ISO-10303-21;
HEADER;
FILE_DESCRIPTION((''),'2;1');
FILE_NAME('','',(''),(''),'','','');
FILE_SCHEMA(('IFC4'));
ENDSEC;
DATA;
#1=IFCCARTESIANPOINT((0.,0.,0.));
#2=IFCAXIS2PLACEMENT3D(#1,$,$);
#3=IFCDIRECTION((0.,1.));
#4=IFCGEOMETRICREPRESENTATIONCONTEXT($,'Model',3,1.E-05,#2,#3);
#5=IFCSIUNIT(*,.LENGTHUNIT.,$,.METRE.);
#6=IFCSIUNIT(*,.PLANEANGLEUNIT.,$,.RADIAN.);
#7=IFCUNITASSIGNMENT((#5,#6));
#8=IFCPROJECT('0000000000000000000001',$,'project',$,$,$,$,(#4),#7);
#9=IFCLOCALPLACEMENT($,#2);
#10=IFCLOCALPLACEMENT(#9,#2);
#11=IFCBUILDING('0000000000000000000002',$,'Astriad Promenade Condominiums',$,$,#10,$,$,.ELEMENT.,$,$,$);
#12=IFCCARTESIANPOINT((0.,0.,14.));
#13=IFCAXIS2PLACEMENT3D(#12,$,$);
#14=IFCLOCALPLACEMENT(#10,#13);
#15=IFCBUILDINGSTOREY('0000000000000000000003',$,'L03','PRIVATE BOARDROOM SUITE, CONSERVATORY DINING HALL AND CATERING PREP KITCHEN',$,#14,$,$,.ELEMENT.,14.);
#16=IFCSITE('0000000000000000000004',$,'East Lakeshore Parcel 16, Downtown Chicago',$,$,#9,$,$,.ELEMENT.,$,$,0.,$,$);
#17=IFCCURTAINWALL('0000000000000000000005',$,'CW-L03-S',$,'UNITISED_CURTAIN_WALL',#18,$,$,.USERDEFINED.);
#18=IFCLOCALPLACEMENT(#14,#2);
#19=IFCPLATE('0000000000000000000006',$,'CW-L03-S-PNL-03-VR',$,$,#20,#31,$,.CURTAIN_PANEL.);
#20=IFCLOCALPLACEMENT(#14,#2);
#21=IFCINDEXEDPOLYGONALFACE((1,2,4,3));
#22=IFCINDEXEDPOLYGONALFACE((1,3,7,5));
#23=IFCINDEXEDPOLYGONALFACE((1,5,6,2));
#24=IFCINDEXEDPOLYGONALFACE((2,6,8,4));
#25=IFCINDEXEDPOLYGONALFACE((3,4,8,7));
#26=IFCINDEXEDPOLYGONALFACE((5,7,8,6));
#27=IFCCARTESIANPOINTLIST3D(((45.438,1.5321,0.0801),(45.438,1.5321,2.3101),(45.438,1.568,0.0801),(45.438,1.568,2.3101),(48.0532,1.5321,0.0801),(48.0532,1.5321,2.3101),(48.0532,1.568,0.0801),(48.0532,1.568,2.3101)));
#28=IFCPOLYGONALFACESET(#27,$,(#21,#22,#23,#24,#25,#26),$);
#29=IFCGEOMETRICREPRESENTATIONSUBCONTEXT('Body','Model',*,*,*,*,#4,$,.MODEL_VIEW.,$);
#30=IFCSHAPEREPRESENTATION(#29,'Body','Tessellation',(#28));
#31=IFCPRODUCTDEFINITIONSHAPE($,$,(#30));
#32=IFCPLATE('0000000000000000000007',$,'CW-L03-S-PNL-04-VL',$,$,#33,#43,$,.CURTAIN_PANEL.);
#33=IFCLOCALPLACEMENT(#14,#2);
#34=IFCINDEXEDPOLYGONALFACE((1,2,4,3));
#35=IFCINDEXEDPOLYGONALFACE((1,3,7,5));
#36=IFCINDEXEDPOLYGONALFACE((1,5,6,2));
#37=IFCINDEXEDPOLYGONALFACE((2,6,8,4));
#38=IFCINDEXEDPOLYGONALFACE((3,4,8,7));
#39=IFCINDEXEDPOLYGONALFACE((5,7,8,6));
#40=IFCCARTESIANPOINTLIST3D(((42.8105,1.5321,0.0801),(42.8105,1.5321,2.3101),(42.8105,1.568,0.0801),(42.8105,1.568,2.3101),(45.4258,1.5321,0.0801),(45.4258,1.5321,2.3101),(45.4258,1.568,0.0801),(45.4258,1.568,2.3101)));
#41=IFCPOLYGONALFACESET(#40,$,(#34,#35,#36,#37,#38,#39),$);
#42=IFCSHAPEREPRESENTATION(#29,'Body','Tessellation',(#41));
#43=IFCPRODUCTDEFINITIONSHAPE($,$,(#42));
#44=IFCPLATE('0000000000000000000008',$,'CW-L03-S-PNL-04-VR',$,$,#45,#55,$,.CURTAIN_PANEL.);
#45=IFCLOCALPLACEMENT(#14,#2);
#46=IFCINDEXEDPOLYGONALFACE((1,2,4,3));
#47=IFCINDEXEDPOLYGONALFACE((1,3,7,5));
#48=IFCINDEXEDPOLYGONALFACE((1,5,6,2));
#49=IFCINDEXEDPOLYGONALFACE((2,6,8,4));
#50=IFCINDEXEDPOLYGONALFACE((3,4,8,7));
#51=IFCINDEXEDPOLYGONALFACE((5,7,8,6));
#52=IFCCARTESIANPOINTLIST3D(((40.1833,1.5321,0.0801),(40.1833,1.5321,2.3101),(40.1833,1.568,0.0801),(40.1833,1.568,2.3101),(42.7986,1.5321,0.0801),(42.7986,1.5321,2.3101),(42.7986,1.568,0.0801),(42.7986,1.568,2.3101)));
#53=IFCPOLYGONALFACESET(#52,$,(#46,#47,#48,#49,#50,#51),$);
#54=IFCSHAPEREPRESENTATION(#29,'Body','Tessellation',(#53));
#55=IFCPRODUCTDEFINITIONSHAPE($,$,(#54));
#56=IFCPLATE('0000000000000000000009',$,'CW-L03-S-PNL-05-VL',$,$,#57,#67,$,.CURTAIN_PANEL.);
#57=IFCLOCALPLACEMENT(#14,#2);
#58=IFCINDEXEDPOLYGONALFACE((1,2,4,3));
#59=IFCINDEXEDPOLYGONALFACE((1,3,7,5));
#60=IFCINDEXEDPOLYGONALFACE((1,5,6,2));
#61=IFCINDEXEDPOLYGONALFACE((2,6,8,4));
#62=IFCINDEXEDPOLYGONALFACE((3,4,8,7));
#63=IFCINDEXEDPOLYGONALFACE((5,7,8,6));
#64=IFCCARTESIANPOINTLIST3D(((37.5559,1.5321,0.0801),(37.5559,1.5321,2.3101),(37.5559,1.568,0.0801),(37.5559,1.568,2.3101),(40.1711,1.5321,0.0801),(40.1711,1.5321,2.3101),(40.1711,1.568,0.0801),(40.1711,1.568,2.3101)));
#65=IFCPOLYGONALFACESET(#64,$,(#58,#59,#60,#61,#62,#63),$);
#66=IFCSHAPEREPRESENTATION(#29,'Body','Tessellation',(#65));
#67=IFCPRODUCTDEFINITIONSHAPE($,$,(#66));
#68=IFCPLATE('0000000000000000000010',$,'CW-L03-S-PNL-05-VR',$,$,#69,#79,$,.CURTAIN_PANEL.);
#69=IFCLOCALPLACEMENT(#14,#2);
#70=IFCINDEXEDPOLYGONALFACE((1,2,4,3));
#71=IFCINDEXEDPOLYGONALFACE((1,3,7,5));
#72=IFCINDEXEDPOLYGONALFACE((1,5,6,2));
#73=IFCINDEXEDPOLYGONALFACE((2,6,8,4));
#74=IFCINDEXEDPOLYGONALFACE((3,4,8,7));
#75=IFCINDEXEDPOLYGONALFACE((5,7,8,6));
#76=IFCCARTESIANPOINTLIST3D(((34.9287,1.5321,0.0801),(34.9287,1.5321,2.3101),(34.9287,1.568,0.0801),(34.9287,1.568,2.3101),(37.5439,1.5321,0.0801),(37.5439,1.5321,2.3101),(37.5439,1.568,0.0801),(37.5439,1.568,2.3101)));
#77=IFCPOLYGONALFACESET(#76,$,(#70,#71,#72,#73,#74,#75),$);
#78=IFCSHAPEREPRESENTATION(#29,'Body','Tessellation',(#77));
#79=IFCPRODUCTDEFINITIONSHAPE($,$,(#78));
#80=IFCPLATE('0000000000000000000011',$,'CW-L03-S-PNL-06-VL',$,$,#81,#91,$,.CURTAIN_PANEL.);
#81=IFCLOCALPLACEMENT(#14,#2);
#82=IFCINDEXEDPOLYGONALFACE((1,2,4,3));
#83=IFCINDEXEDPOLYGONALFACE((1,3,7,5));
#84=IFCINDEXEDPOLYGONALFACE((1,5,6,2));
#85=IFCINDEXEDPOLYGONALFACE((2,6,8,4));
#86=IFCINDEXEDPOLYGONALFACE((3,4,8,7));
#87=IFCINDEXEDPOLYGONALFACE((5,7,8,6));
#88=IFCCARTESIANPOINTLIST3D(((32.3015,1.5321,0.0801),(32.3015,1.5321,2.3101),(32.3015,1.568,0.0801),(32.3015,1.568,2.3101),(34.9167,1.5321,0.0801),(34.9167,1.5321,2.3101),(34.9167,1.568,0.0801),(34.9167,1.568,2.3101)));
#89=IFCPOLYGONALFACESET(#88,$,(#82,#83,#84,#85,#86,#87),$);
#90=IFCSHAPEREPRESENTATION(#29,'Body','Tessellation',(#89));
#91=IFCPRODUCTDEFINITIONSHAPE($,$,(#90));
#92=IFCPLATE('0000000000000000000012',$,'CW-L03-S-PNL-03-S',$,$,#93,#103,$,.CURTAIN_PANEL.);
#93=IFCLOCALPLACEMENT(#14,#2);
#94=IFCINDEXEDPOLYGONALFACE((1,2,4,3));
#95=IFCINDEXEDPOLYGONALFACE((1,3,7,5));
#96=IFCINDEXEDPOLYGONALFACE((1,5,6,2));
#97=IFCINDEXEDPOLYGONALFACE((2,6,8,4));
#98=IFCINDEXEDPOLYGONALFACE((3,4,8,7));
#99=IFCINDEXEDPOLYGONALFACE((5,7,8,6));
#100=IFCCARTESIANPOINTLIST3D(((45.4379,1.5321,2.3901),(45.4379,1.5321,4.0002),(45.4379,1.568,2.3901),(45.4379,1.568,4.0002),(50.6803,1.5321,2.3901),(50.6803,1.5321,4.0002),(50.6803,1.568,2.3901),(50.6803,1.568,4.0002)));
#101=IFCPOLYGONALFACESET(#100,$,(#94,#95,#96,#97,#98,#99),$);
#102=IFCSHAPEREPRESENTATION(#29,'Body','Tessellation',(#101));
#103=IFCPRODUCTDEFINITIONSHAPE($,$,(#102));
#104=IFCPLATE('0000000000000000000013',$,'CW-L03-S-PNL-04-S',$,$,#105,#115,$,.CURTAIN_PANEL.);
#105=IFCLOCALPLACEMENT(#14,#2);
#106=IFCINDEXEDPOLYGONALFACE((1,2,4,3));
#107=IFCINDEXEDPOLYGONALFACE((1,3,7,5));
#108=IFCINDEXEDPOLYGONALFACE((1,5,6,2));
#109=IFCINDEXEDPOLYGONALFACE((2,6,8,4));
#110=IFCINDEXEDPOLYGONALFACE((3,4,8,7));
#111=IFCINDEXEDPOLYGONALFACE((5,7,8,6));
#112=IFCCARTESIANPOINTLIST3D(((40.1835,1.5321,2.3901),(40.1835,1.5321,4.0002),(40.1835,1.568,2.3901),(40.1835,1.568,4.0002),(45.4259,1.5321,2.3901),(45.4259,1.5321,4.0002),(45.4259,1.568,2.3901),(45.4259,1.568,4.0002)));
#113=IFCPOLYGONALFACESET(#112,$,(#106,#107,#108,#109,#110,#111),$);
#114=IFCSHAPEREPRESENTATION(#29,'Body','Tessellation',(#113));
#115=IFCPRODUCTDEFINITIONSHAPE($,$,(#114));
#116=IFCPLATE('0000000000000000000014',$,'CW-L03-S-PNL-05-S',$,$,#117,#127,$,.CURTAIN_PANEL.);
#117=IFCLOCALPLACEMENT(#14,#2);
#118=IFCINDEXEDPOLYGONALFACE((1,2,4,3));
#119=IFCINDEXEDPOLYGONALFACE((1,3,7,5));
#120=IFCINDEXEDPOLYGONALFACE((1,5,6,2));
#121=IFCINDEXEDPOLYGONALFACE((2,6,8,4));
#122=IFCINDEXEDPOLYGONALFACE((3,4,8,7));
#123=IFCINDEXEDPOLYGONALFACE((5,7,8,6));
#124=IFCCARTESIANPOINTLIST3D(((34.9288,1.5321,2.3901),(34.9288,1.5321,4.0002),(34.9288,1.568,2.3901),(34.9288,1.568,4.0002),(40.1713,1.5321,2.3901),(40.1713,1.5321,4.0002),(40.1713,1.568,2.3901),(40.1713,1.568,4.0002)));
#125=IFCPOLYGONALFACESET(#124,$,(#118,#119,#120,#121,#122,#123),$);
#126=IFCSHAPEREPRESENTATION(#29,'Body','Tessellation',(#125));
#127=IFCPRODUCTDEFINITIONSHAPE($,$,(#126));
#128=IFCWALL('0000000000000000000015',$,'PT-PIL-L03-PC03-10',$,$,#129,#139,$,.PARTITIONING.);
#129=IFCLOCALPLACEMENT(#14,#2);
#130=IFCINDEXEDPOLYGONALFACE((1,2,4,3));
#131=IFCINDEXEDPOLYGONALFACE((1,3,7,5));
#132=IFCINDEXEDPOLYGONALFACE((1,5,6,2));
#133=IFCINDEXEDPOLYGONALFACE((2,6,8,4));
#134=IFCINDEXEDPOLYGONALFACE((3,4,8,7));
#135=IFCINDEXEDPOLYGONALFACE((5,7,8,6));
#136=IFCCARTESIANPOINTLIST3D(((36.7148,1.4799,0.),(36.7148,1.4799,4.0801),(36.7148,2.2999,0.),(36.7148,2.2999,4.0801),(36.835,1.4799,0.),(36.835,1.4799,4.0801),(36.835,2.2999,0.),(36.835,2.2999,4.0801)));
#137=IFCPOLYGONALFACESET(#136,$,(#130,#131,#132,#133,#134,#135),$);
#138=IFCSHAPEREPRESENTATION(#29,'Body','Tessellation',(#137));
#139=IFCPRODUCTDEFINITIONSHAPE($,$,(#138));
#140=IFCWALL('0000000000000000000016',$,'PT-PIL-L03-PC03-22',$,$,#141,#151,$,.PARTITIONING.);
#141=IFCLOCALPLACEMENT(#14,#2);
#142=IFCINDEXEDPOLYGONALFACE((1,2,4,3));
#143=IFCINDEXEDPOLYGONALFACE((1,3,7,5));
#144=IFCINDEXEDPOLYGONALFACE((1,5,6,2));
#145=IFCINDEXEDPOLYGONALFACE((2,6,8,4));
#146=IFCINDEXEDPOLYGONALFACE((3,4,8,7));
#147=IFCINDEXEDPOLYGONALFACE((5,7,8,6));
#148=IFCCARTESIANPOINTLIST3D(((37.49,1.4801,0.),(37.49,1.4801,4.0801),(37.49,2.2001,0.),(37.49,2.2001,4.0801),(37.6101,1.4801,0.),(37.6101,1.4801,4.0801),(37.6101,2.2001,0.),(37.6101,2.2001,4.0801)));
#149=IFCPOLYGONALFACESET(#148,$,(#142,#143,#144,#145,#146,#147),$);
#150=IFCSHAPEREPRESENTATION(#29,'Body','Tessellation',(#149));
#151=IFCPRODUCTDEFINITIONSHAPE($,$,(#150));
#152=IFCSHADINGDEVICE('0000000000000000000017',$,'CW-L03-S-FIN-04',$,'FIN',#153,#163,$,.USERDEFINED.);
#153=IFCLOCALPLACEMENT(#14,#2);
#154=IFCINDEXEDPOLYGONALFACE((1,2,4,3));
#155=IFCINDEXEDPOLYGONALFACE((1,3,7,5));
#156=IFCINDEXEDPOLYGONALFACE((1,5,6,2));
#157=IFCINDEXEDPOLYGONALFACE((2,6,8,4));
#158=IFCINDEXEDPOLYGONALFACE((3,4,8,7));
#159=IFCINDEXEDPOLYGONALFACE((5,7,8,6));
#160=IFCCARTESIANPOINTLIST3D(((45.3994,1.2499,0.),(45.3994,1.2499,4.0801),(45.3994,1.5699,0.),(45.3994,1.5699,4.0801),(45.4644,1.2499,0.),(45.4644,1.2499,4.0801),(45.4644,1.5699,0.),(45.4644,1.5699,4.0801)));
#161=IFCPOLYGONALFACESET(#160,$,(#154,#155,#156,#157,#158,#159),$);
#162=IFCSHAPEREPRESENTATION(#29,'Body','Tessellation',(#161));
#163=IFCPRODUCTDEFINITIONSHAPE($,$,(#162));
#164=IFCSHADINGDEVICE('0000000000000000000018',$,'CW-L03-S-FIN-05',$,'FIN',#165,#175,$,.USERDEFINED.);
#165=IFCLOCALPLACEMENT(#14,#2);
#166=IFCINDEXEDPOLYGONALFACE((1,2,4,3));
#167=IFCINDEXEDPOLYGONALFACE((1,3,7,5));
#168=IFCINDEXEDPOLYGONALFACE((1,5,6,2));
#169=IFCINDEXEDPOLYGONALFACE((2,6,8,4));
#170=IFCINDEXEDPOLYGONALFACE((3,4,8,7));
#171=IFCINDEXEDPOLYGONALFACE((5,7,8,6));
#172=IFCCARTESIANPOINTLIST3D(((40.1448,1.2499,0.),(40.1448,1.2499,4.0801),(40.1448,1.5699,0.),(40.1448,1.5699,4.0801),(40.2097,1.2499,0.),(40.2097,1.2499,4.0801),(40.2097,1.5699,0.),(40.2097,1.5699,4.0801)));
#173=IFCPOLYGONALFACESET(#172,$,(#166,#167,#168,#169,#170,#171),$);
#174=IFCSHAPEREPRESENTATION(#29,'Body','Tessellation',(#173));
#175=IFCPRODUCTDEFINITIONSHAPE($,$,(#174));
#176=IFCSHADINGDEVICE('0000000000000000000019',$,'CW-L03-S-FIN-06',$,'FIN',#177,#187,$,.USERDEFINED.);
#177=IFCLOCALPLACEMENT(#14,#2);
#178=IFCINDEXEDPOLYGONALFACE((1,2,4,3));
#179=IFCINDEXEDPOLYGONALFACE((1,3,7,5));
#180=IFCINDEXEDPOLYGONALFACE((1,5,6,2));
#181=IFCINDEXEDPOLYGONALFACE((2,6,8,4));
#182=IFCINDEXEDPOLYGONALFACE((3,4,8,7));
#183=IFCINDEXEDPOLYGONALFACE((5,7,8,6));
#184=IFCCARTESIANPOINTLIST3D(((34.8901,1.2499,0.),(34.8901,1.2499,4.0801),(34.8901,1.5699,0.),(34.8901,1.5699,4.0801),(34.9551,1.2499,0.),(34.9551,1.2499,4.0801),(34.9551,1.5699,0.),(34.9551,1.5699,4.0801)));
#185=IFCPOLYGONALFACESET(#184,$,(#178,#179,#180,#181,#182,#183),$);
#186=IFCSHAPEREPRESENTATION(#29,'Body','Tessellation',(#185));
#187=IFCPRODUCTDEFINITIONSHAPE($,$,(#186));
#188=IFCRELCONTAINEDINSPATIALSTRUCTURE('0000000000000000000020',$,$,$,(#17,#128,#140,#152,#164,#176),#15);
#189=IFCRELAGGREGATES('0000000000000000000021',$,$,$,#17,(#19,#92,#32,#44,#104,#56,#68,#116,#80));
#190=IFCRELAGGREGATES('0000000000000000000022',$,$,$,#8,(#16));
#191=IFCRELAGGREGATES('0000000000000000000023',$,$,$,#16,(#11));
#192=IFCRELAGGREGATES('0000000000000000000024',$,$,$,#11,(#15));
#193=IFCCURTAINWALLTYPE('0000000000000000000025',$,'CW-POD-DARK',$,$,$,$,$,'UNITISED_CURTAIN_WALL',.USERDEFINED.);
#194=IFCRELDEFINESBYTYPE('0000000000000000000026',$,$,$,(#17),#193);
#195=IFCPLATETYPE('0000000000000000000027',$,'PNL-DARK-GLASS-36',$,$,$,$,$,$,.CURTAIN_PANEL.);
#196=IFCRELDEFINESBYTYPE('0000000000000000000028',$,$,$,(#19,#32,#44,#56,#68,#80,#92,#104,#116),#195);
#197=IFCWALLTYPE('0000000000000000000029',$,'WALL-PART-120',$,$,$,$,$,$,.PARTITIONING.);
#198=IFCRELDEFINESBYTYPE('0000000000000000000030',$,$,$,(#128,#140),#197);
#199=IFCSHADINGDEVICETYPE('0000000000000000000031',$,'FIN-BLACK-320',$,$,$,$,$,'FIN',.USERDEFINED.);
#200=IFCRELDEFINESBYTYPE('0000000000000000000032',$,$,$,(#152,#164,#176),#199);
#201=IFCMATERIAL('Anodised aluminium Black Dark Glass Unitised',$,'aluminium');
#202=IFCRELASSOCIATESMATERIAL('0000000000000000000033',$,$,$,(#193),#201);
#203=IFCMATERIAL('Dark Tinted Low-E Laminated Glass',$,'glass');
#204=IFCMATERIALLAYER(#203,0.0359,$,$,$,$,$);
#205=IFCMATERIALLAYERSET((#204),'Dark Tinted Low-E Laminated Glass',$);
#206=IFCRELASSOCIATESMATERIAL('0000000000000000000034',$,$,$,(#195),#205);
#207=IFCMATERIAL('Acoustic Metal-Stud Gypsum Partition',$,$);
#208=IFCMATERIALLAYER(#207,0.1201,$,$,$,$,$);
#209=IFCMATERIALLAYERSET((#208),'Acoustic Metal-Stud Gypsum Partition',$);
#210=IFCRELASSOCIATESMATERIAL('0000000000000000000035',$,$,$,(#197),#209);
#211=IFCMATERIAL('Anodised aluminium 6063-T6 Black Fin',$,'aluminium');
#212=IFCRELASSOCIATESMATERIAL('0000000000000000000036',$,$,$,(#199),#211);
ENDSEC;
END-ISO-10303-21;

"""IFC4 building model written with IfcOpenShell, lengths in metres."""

from ifc_helpers import new_model, si_unit, direction, frame, frame_2d, origin, origin_2d, place, context, subcontext, project, spatial, rectangle, extrude, source, transform, mapped, material, layer, layer_set, type_object, type_shapes, element, aggregate, save


model = new_model("IFC4")

# Units and contexts
model_context = context("Model", 3, precision=1e-05, world=origin(), true_north=direction((0.0, 1.0)))
body_context = subcontext(model_context, "Body", "Model", "MODEL_VIEW")
ifc_project = project(units=[si_unit("LENGTHUNIT", "METRE"), si_unit("PLANEANGLEUNIT", "RADIAN")], contexts=[model_context])

# Site, building, storey
site_placement = place(None, origin())
site = spatial("IfcSite", under=ifc_project, at=site_placement, Name="East Lakeshore Parcel 16, Downtown Chicago", CompositionType="ELEMENT", RefElevation=0.0)
building_placement = place(site_placement, origin())
building = spatial("IfcBuilding", under=site, at=building_placement, Name="Astriad Promenade Condominiums", CompositionType="ELEMENT")
storey_placement = place(building_placement, frame((0.0, 0.0, 14.0)))
storey = spatial("IfcBuildingStorey", under=building, at=storey_placement, Name="L03", Description="PRIVATE BOARDROOM SUITE, CONSERVATORY DINING HALL AND CATERING PREP KITCHEN", CompositionType="ELEMENT", Elevation=14.0)

# Curtain wall
ifc_material_1 = material(Name="Anodised aluminium Black Dark Glass Unitised", Category="aluminium")
curtain_wall_type = type_object("IfcCurtainWallType", Name="CW-POD-DARK", ElementType="UNITISED_CURTAIN_WALL", PredefinedType="USERDEFINED", material=ifc_material_1)
curtain_wall_placement = place(storey_placement, origin())
curtain_wall = element("IfcCurtainWall", 1, at=curtain_wall_placement, inside=storey, type_object=curtain_wall_type, Name="CW-L03-S", ObjectType="UNITISED_CURTAIN_WALL", PredefinedType="USERDEFINED")

# Plates
ifc_material_2 = material(Name="Dark Tinted Low-E Laminated Glass", Category="glass")
ifc_layer_1 = layer(ifc_material_2, 0.0359)
ifc_layer_set_1 = layer_set([ifc_layer_1], Name="Dark Tinted Low-E Laminated Glass")
plate_type_1 = type_object("IfcPlateType", Name="PNL-DARK-GLASS-36", PredefinedType="CURTAIN_PANEL", material=ifc_layer_set_1)
shared_shape_1 = source(origin(), body_context, "Body", "SweptSolid", [
    extrude(rectangle(XDim=2.6152, YDim=0.0359, at=origin_2d()), origin(), (0.0, 0.0, 1.0), 2.23),
])
plate_1_placement = place(storey_placement, frame((46.7456, 1.55, 0.0801), z_axis=(0.0, 0.0, 1.0), x_axis=(-1.0, 0.0, 0.0)))
plate_1 = element("IfcPlate", 2, at=plate_1_placement, type_object=plate_type_1, Name="CW-L03-S-PNL-03-VR", PredefinedType="CURTAIN_PANEL", context=body_context, shape_type="MappedRepresentation", body=[
    mapped(shared_shape_1, transform((0.0, 0.0, 0.0), scale=1.0)),
])
plate_2_placement = place(storey_placement, frame((44.1182, 1.55, 0.0801), z_axis=(0.0, 0.0, 1.0), x_axis=(-1.0, 0.0, 0.0)))
plate_2 = element("IfcPlate", 3, at=plate_2_placement, type_object=plate_type_1, Name="CW-L03-S-PNL-04-VL", PredefinedType="CURTAIN_PANEL", context=body_context, shape_type="MappedRepresentation", body=[
    mapped(shared_shape_1, transform((0.0, 0.0, 0.0), scale=1.0)),
])
plate_3_placement = place(storey_placement, frame((41.491, 1.55, 0.0801), z_axis=(0.0, 0.0, 1.0), x_axis=(-1.0, 0.0, 0.0)))
plate_3 = element("IfcPlate", 4, at=plate_3_placement, type_object=plate_type_1, Name="CW-L03-S-PNL-04-VR", PredefinedType="CURTAIN_PANEL", context=body_context, shape_type="MappedRepresentation", body=[
    mapped(shared_shape_1, transform((0.0, 0.0, 0.0), scale=1.0)),
])
plate_4_placement = place(storey_placement, frame((38.8635, 1.55, 0.0801), z_axis=(0.0, 0.0, 1.0), x_axis=(-1.0, 0.0, 0.0)))
plate_4 = element("IfcPlate", 5, at=plate_4_placement, type_object=plate_type_1, Name="CW-L03-S-PNL-05-VL", PredefinedType="CURTAIN_PANEL", context=body_context, shape_type="MappedRepresentation", body=[
    mapped(shared_shape_1, transform((0.0, 0.0, 0.0), scale=1.0)),
])
plate_5_placement = place(storey_placement, frame((36.2363, 1.55, 0.0801), z_axis=(0.0, 0.0, 1.0), x_axis=(-1.0, 0.0, 0.0)))
plate_5 = element("IfcPlate", 6, at=plate_5_placement, type_object=plate_type_1, Name="CW-L03-S-PNL-05-VR", PredefinedType="CURTAIN_PANEL", context=body_context, shape_type="MappedRepresentation", body=[
    mapped(shared_shape_1, transform((0.0, 0.0, 0.0), scale=1.0)),
])
plate_6_placement = place(storey_placement, frame((33.6091, 1.55, 0.0801), z_axis=(0.0, 0.0, 1.0), x_axis=(-1.0, 0.0, 0.0)))
plate_6 = element("IfcPlate", 7, at=plate_6_placement, type_object=plate_type_1, Name="CW-L03-S-PNL-06-VL", PredefinedType="CURTAIN_PANEL", context=body_context, shape_type="MappedRepresentation", body=[
    mapped(shared_shape_1, transform((0.0, 0.0, 0.0), scale=1.0)),
])
shared_shape_2 = source(origin(), body_context, "Body", "SweptSolid", [
    extrude(rectangle(XDim=5.2424, YDim=0.0359, at=origin_2d()), origin(), (0.0, 0.0, 1.0), 1.6101),
])
type_shapes(plate_type_1, [shared_shape_1, shared_shape_2])
plate_7_placement = place(storey_placement, frame((48.0591, 1.55, 2.3901), z_axis=(0.0, 0.0, 1.0), x_axis=(-1.0, 0.0, 0.0)))
plate_7 = element("IfcPlate", 8, at=plate_7_placement, type_object=plate_type_1, Name="CW-L03-S-PNL-03-S", PredefinedType="CURTAIN_PANEL", context=body_context, shape_type="MappedRepresentation", body=[
    mapped(shared_shape_2, transform((0.0, 0.0, 0.0), scale=1.0)),
])
plate_8_placement = place(storey_placement, frame((42.8047, 1.55, 2.3901), z_axis=(0.0, 0.0, 1.0), x_axis=(-1.0, 0.0, 0.0)))
plate_8 = element("IfcPlate", 9, at=plate_8_placement, type_object=plate_type_1, Name="CW-L03-S-PNL-04-S", PredefinedType="CURTAIN_PANEL", context=body_context, shape_type="MappedRepresentation", body=[
    mapped(shared_shape_2, transform((0.0, 0.0, 0.0), scale=1.0)),
])
plate_9_placement = place(storey_placement, frame((37.55, 1.55, 2.3901), z_axis=(0.0, 0.0, 1.0), x_axis=(-1.0, 0.0, 0.0)))
plate_9 = element("IfcPlate", 10, at=plate_9_placement, type_object=plate_type_1, Name="CW-L03-S-PNL-05-S", PredefinedType="CURTAIN_PANEL", context=body_context, shape_type="MappedRepresentation", body=[
    mapped(shared_shape_2, transform((0.0, 0.0, 0.0), scale=1.0)),
])
aggregate(curtain_wall, [plate_1, plate_7, plate_2, plate_3, plate_8, plate_4, plate_5, plate_9, plate_6])

# Walls
ifc_material_3 = material(Name="Acoustic Metal-Stud Gypsum Partition")
ifc_layer_2 = layer(ifc_material_3, 0.1201)
ifc_layer_set_2 = layer_set([ifc_layer_2], Name="Acoustic Metal-Stud Gypsum Partition")
wall_type = type_object("IfcWallType", Name="WALL-PART-120", PredefinedType="PARTITIONING", material=ifc_layer_set_2)
wall_1_placement = place(storey_placement, frame((36.7749, 2.3, 0.0), z_axis=(0.0, 0.0, 1.0), x_axis=(0.0, -1.0, 0.0)))
element("IfcWall", 11, at=wall_1_placement, inside=storey, type_object=wall_type, Name="PT-PIL-L03-PC03-10", PredefinedType="PARTITIONING", context=body_context, shape_type="SweptSolid", body=[
    extrude(rectangle(XDim=0.8201, YDim=0.1201, at=frame_2d((0.4102, 0.0))), origin(), (0.0, 0.0, 1.0), 4.0801),
])
wall_2_placement = place(storey_placement, frame((37.55, 2.2, 0.0), z_axis=(0.0, 0.0, 1.0), x_axis=(0.0, -1.0, 0.0)))
element("IfcWall", 12, at=wall_2_placement, inside=storey, type_object=wall_type, Name="PT-PIL-L03-PC03-22", PredefinedType="PARTITIONING", context=body_context, shape_type="SweptSolid", body=[
    extrude(rectangle(XDim=0.72, YDim=0.1201, at=frame_2d((0.3599, 0.0))), origin(), (0.0, 0.0, 1.0), 4.0801),
])

# Shading devices
ifc_material_4 = material(Name="Anodised aluminium 6063-T6 Black Fin", Category="aluminium")
shading_device_type = type_object("IfcShadingDeviceType", Name="FIN-BLACK-320", ElementType="FIN", PredefinedType="USERDEFINED", material=ifc_material_4)
shared_shape_3 = source(origin(), body_context, "Body", "SweptSolid", [
    extrude(rectangle(XDim=0.0649, YDim=0.3201, at=origin_2d()), origin(), (0.0, 0.0, 1.0), 4.0801),
])
type_shapes(shading_device_type, [shared_shape_3])
for number, where, z_axis, x_axis, name in (
    (13, (45.4319, 1.4099, 0.0), (0.0, 0.0, 1.0), (-1.0, 0.0, 0.0), "CW-L03-S-FIN-04"),
    (14, (40.1772, 1.4099, 0.0), (0.0, 0.0, 1.0), (-1.0, 0.0, 0.0), "CW-L03-S-FIN-05"),
    (15, (34.9226, 1.4099, 0.0), (0.0, 0.0, 1.0), (-1.0, 0.0, 0.0), "CW-L03-S-FIN-06"),
):
    element("IfcShadingDevice", number, at=place(storey_placement, frame(where, z_axis=z_axis, x_axis=x_axis)), inside=storey, type_object=shading_device_type, Name=name, ObjectType="FIN", PredefinedType="USERDEFINED", context=body_context, shape_type="MappedRepresentation", body=[
        mapped(shared_shape_3, transform((0.0, 0.0, 0.0), scale=1.0)),
    ])

save(model, "model.ifc")
